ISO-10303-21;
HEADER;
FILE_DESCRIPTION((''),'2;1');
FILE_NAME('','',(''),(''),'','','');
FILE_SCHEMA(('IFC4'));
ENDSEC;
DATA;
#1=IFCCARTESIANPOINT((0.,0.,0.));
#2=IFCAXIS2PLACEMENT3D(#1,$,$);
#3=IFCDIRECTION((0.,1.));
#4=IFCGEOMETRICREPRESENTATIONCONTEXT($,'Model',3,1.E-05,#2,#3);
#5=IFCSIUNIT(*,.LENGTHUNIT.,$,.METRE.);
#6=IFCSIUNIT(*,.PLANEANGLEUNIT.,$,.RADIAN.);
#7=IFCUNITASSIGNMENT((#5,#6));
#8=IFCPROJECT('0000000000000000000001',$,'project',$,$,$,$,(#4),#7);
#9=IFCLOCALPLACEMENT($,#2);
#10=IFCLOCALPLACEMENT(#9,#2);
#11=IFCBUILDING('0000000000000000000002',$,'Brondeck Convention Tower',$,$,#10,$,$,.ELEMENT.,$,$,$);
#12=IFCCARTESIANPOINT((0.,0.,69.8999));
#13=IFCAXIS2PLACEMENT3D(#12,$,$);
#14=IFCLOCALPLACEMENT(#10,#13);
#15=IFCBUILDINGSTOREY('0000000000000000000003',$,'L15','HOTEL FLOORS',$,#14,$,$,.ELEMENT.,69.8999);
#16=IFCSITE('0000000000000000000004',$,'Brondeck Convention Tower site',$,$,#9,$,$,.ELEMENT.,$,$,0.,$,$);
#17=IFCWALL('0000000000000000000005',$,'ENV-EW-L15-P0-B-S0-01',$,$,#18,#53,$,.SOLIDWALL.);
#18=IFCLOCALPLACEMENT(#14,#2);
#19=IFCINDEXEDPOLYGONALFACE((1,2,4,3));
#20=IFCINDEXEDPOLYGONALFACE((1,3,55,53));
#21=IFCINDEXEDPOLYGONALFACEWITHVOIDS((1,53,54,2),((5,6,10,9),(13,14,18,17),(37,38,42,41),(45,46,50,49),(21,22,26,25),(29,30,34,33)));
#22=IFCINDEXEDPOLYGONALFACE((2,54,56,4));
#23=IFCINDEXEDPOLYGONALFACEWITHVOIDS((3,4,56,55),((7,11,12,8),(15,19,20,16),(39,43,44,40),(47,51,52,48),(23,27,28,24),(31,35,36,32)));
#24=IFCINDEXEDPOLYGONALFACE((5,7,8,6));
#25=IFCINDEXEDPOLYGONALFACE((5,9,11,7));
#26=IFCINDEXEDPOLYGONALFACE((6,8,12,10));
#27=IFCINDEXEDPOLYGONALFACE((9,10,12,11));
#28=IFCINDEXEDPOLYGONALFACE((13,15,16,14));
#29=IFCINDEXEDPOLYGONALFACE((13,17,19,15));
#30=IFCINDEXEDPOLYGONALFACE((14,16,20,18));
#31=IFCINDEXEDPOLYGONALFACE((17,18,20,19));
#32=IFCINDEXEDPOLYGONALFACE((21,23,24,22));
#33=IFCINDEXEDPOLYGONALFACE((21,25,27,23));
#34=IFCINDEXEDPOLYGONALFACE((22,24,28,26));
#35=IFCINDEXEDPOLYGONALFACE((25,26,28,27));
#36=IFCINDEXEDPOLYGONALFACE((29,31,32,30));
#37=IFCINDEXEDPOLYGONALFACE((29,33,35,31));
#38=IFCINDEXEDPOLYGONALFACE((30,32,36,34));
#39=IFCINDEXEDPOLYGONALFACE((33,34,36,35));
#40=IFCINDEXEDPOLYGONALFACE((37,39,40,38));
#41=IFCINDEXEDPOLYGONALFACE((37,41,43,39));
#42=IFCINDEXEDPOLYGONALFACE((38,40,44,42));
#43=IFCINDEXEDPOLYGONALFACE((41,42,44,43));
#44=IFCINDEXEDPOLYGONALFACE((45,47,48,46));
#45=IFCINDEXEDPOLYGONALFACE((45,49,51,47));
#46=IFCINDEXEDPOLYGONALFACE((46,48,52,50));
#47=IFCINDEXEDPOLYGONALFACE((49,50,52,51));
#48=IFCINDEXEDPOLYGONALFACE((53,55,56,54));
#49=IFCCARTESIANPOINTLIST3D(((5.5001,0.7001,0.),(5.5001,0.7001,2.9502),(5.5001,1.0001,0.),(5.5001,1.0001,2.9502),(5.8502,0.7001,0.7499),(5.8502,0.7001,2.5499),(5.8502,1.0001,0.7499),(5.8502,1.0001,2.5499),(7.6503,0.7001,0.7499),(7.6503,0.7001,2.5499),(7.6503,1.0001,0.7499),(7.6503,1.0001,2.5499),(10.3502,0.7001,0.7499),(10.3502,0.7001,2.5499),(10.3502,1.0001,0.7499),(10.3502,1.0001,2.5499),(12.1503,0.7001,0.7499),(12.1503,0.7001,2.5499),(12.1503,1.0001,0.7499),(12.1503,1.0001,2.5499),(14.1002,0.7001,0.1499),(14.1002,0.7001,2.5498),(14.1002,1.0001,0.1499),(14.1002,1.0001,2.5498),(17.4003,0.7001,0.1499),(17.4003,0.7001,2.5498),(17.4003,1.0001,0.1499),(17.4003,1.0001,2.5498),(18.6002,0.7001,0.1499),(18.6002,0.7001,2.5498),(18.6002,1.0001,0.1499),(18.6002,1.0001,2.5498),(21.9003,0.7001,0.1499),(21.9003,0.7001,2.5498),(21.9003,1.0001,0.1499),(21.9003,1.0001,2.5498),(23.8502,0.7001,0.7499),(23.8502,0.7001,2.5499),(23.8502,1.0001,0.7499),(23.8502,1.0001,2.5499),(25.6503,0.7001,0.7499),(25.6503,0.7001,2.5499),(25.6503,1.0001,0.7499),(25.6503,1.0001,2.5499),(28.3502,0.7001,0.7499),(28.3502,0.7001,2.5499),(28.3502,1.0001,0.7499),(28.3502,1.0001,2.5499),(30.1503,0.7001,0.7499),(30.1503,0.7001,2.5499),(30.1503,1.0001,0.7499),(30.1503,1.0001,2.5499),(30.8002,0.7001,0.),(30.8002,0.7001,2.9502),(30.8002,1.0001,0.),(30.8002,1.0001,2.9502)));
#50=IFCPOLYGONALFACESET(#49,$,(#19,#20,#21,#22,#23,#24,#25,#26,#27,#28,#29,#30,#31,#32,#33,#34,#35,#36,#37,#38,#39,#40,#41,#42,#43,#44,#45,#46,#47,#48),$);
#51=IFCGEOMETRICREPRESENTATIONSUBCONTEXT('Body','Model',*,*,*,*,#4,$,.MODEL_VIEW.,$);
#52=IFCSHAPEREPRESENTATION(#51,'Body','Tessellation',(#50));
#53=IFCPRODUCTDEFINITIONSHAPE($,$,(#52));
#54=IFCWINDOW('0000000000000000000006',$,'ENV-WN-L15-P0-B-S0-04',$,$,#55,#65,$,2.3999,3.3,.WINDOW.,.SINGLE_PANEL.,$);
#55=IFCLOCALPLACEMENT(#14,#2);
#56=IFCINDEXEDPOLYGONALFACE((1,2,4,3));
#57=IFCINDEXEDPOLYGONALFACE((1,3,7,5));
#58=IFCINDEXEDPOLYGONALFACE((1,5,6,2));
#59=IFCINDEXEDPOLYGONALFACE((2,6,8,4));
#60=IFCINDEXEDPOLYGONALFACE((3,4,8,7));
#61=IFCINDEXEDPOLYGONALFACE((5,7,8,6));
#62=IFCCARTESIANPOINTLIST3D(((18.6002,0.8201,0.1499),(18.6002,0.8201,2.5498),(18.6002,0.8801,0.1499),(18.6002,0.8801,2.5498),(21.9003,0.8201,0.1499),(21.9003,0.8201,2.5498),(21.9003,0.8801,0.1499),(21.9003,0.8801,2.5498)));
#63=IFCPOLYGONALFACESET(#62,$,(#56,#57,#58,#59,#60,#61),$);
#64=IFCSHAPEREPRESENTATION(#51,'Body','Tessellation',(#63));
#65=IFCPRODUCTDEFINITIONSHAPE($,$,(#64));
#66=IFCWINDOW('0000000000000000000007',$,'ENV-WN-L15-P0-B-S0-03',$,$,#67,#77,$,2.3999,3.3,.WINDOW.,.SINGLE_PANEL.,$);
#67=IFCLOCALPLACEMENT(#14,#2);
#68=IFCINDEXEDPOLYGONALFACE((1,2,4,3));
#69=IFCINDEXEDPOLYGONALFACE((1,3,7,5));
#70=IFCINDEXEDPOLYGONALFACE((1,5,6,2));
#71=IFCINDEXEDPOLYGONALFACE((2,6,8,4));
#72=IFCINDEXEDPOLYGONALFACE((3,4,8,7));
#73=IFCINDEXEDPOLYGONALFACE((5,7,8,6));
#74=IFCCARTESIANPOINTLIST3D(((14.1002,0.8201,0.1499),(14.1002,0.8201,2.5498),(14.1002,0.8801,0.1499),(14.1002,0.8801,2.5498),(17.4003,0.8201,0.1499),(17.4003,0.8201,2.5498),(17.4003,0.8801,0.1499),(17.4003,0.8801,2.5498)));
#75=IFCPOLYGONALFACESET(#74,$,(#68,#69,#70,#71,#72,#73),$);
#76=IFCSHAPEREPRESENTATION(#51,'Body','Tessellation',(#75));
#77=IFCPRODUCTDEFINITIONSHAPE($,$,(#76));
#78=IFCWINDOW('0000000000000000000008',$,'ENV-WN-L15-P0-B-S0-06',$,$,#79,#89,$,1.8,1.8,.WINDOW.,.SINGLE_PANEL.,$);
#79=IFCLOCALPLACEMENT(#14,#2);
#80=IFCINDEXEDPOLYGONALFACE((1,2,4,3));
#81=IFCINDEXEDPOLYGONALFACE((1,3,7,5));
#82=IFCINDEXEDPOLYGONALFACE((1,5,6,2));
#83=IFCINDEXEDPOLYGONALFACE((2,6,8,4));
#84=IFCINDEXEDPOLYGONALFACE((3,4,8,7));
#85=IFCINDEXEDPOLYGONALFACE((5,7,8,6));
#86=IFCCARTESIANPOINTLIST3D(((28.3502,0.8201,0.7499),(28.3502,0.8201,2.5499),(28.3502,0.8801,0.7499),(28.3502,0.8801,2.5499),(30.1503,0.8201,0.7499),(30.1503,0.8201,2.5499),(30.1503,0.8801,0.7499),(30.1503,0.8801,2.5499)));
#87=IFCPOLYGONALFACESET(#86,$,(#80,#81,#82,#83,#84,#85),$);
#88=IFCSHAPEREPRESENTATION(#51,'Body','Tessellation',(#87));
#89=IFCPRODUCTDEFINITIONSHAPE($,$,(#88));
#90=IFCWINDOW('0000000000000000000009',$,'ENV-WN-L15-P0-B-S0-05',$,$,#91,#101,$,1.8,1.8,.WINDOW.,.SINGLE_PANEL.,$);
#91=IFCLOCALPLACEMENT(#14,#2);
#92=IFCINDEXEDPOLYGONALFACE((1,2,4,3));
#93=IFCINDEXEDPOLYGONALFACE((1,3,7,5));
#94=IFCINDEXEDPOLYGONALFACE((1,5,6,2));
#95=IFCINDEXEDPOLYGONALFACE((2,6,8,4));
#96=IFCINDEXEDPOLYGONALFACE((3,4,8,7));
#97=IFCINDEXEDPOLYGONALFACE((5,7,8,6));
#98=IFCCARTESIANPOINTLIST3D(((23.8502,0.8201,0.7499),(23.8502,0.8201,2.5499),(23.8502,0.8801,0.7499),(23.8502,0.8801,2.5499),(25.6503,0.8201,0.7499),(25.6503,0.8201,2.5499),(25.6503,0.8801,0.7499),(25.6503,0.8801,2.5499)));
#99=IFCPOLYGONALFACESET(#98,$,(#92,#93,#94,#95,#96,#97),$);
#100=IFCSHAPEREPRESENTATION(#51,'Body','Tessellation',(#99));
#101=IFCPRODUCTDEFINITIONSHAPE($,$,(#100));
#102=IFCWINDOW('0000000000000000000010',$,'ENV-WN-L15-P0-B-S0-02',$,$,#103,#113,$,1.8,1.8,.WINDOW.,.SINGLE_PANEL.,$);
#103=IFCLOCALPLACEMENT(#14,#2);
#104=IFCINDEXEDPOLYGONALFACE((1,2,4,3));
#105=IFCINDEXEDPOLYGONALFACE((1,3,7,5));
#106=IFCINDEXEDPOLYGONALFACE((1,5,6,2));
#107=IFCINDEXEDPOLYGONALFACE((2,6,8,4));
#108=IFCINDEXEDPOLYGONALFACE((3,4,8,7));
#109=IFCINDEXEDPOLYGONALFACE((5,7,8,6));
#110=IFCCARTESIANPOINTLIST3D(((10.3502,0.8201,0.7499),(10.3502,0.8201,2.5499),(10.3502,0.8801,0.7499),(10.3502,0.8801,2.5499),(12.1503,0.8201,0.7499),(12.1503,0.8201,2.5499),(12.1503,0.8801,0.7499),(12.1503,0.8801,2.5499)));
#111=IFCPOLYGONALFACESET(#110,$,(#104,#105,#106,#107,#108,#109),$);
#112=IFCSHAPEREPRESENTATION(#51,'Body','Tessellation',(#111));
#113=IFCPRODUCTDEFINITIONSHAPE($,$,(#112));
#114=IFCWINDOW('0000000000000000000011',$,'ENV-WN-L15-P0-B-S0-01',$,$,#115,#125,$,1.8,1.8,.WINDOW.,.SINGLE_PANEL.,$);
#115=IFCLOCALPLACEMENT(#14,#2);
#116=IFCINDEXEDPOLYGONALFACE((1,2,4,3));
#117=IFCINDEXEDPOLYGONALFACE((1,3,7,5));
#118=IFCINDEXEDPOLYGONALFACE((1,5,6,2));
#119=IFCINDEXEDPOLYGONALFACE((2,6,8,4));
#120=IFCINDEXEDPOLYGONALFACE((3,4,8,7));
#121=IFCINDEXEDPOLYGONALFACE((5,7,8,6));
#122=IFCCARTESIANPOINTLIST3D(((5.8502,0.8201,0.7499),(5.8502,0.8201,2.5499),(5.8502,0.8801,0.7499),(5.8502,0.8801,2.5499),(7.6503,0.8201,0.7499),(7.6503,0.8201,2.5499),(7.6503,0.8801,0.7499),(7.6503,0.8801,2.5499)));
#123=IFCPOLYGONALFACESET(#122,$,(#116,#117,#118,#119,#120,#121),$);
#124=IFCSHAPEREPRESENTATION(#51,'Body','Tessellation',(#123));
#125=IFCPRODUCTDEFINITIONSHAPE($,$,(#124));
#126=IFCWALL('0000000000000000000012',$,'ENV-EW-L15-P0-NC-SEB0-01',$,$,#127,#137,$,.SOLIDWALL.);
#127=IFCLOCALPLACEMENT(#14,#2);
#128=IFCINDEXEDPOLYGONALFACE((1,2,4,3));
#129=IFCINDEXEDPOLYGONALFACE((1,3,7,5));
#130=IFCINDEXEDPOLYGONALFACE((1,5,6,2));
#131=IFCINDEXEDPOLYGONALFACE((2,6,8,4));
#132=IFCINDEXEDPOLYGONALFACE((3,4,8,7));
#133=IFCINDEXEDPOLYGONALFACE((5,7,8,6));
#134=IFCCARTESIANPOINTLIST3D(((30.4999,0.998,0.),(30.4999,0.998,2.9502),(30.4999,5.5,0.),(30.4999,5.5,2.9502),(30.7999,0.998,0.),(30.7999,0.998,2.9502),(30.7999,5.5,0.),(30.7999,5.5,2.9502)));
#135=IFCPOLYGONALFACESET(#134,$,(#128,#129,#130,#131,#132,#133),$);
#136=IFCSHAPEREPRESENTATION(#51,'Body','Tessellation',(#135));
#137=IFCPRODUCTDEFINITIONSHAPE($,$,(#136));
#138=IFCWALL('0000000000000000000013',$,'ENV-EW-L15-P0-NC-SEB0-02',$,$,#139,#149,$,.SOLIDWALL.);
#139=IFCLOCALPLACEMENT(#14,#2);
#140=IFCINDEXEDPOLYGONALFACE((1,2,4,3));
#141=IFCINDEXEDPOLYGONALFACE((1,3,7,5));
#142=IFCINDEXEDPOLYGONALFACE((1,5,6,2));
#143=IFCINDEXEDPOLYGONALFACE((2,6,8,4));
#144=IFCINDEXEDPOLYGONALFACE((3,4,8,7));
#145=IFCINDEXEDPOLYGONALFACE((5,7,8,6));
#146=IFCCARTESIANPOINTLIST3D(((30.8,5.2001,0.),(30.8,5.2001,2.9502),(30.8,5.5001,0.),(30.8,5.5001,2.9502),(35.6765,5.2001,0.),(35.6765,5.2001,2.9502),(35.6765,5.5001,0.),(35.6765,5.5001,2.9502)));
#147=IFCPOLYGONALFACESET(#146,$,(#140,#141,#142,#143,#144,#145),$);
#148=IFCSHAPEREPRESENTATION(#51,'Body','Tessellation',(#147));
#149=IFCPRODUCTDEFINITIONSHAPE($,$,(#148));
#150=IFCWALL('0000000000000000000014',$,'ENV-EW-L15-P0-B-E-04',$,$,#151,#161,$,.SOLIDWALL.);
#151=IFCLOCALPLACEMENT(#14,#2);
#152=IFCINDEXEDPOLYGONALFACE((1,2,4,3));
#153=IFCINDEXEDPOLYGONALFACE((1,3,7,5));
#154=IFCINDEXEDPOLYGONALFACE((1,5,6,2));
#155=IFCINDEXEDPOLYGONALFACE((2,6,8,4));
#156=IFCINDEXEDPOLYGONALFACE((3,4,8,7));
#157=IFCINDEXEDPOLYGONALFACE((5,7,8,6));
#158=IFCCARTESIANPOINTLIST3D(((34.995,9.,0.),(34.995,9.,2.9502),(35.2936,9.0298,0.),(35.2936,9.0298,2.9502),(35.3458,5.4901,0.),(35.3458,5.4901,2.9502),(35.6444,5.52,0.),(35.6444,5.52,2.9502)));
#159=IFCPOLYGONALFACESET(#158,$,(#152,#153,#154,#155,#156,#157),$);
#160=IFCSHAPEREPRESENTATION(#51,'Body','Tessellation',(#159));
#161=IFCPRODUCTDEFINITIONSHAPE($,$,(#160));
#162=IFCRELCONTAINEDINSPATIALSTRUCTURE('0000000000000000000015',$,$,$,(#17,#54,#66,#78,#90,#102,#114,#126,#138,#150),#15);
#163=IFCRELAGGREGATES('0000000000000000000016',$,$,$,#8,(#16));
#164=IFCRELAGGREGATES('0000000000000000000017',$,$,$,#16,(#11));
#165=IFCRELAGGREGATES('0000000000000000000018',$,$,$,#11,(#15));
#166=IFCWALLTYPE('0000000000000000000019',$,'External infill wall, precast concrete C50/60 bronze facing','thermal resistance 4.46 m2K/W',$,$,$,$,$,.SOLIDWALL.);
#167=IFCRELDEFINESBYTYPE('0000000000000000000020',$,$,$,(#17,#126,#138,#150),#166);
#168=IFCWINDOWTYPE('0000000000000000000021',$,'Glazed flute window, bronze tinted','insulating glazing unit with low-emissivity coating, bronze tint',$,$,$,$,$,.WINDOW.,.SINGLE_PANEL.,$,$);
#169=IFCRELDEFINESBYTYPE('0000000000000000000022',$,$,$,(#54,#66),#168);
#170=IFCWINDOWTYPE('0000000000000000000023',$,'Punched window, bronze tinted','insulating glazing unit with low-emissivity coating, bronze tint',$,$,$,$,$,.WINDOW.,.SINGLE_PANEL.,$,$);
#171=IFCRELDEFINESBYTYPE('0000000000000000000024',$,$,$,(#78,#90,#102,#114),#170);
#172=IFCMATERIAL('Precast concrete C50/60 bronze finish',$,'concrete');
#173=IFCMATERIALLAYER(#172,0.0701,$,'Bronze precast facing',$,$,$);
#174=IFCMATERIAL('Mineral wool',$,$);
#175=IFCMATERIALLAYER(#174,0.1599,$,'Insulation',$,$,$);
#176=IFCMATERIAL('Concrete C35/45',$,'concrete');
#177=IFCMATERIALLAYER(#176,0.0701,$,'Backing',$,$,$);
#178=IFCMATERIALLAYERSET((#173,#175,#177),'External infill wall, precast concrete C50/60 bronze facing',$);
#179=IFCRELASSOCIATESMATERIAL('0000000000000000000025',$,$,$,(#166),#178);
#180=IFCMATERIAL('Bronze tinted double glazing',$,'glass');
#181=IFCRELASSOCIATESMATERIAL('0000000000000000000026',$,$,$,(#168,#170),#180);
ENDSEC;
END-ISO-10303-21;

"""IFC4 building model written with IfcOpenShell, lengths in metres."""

from ifc_helpers import new_model, si_unit, direction, frame, frame_2d, origin, place, context, subcontext, project, spatial, rectangle, extrude, material, layer, layer_set, type_object, element, fill, save


model = new_model("IFC4")

# Units and contexts
model_context = context("Model", 3, precision=1e-05, world=origin(), true_north=direction((0.0, 1.0)))
body_context = subcontext(model_context, "Body", "Model", "MODEL_VIEW")
ifc_project = project(units=[si_unit("LENGTHUNIT", "METRE"), si_unit("PLANEANGLEUNIT", "RADIAN")], contexts=[model_context])

# Site, building, storey
site_placement = place(None, origin())
site = spatial("IfcSite", under=ifc_project, at=site_placement, Name="Brondeck Convention Tower site", CompositionType="ELEMENT", RefElevation=0.0)
building_placement = place(site_placement, origin())
building = spatial("IfcBuilding", under=site, at=building_placement, Name="Brondeck Convention Tower", CompositionType="ELEMENT")
storey_placement = place(building_placement, frame((0.0, 0.0, 69.8999)))
storey = spatial("IfcBuildingStorey", under=building, at=storey_placement, Name="L15", Description="HOTEL FLOORS", CompositionType="ELEMENT", Elevation=69.8999)

# Wall, openings, windows
ifc_material_1 = material(Name="Precast concrete C50/60 bronze finish", Category="concrete")
ifc_layer_1 = layer(ifc_material_1, 0.0701, Name="Bronze precast facing")
ifc_material_2 = material(Name="Mineral wool")
ifc_layer_2 = layer(ifc_material_2, 0.1599, Name="Insulation")
ifc_material_3 = material(Name="Concrete C35/45", Category="concrete")
ifc_layer_3 = layer(ifc_material_3, 0.0701, Name="Backing")
ifc_layer_set_1 = layer_set([ifc_layer_1, ifc_layer_2, ifc_layer_3], Name="External infill wall, precast concrete C50/60 bronze facing")
wall_type_1 = type_object("IfcWallType", Name="External infill wall, precast concrete C50/60 bronze facing", Description="thermal resistance 4.46 m2K/W", PredefinedType="SOLIDWALL", material=ifc_layer_set_1)
wall_1_placement = place(storey_placement, frame((30.8, 0.8501, 0.0), z_axis=(0.0, 0.0, 1.0), x_axis=(-1.0, 0.0, 0.0)))
wall_1 = element("IfcWall", 1, at=wall_1_placement, inside=storey, type_object=wall_type_1, Name="ENV-EW-L15-P0-B-S0-01", PredefinedType="SOLIDWALL", context=body_context, shape_type="SweptSolid", body=[
    extrude(rectangle(XDim=25.3, YDim=0.3, at=frame_2d((12.6499, 0.0))), origin(), (0.0, 0.0, 1.0), 2.9502),
])
opening_1_placement = place(wall_1_placement, frame((0.6499, 0.0, 0.75)))
opening_1 = element("IfcOpeningElement", 2, at=opening_1_placement, cuts=wall_1, PredefinedType="OPENING", context=body_context, shape_type="SweptSolid", body=[
    extrude(rectangle(XDim=1.8, YDim=1.8, at=frame_2d((0.8999, 0.8999))), frame((0.0, 0.1599, 0.0), z_axis=(0.0, -1.0, 0.0), x_axis=(1.0, 0.0, 0.0)), (0.0, 0.0, 1.0), 0.3201),
])
opening_2_placement = place(wall_1_placement, frame((5.1499, 0.0, 0.75)))
opening_2 = element("IfcOpeningElement", 3, at=opening_2_placement, cuts=wall_1, PredefinedType="OPENING", context=body_context, shape_type="SweptSolid", body=[
    extrude(rectangle(XDim=1.8, YDim=1.8, at=frame_2d((0.8999, 0.8999))), frame((0.0, 0.1599, 0.0), z_axis=(0.0, -1.0, 0.0), x_axis=(1.0, 0.0, 0.0)), (0.0, 0.0, 1.0), 0.3201),
])
opening_3_placement = place(wall_1_placement, frame((8.8999, 0.0, 0.1499)))
opening_3 = element("IfcOpeningElement", 4, at=opening_3_placement, cuts=wall_1, PredefinedType="OPENING", context=body_context, shape_type="SweptSolid", body=[
    extrude(rectangle(XDim=3.3, YDim=2.3999, at=frame_2d((1.6499, 1.2))), frame((0.0, 0.1599, 0.0), z_axis=(0.0, -1.0, 0.0), x_axis=(1.0, 0.0, 0.0)), (0.0, 0.0, 1.0), 0.3201),
])
opening_4_placement = place(wall_1_placement, frame((13.3999, 0.0, 0.1499)))
opening_4 = element("IfcOpeningElement", 5, at=opening_4_placement, cuts=wall_1, PredefinedType="OPENING", context=body_context, shape_type="SweptSolid", body=[
    extrude(rectangle(XDim=3.3, YDim=2.3999, at=frame_2d((1.6499, 1.2))), frame((0.0, 0.1599, 0.0), z_axis=(0.0, -1.0, 0.0), x_axis=(1.0, 0.0, 0.0)), (0.0, 0.0, 1.0), 0.3201),
])
opening_5_placement = place(wall_1_placement, frame((18.6499, 0.0, 0.75)))
opening_5 = element("IfcOpeningElement", 6, at=opening_5_placement, cuts=wall_1, PredefinedType="OPENING", context=body_context, shape_type="SweptSolid", body=[
    extrude(rectangle(XDim=1.8, YDim=1.8, at=frame_2d((0.8999, 0.8999))), frame((0.0, 0.1599, 0.0), z_axis=(0.0, -1.0, 0.0), x_axis=(1.0, 0.0, 0.0)), (0.0, 0.0, 1.0), 0.3201),
])
opening_6_placement = place(wall_1_placement, frame((23.1499, 0.0, 0.75)))
opening_6 = element("IfcOpeningElement", 7, at=opening_6_placement, cuts=wall_1, PredefinedType="OPENING", context=body_context, shape_type="SweptSolid", body=[
    extrude(rectangle(XDim=1.8, YDim=1.8, at=frame_2d((0.8999, 0.8999))), frame((0.0, 0.1599, 0.0), z_axis=(0.0, -1.0, 0.0), x_axis=(1.0, 0.0, 0.0)), (0.0, 0.0, 1.0), 0.3201),
])
ifc_material_4 = material(Name="Bronze tinted double glazing", Category="glass")
window_type_1 = type_object("IfcWindowType", Name="Glazed flute window, bronze tinted", Description="insulating glazing unit with low-emissivity coating, bronze tint", PartitioningType="SINGLE_PANEL", PredefinedType="WINDOW", material=ifc_material_4)
window_1_placement = place(opening_3_placement, origin())
window_1 = element("IfcWindow", 8, at=window_1_placement, inside=storey, type_object=window_type_1, Name="ENV-WN-L15-P0-B-S0-04", OverallHeight=2.3999, OverallWidth=3.3, PartitioningType="SINGLE_PANEL", PredefinedType="WINDOW", context=body_context, shape_type="SweptSolid", body=[
    extrude(rectangle(XDim=3.3, YDim=2.3999, at=frame_2d((1.6499, 1.2))), frame((0.0, 0.03, 0.0), z_axis=(0.0, -1.0, 0.0), x_axis=(1.0, 0.0, 0.0)), (0.0, 0.0, 1.0), 0.0601),
])
fill(opening_3, window_1)
window_2_placement = place(opening_4_placement, origin())
window_2 = element("IfcWindow", 9, at=window_2_placement, inside=storey, type_object=window_type_1, Name="ENV-WN-L15-P0-B-S0-03", OverallHeight=2.3999, OverallWidth=3.3, PartitioningType="SINGLE_PANEL", PredefinedType="WINDOW", context=body_context, shape_type="SweptSolid", body=[
    extrude(rectangle(XDim=3.3, YDim=2.3999, at=frame_2d((1.6499, 1.2))), frame((0.0, 0.03, 0.0), z_axis=(0.0, -1.0, 0.0), x_axis=(1.0, 0.0, 0.0)), (0.0, 0.0, 1.0), 0.0601),
])
fill(opening_4, window_2)
window_type_2 = type_object("IfcWindowType", Name="Punched window, bronze tinted", Description="insulating glazing unit with low-emissivity coating, bronze tint", PartitioningType="SINGLE_PANEL", PredefinedType="WINDOW", material=ifc_material_4)
window_3_placement = place(opening_1_placement, origin())
window_3 = element("IfcWindow", 10, at=window_3_placement, inside=storey, type_object=window_type_2, Name="ENV-WN-L15-P0-B-S0-06", OverallHeight=1.8, OverallWidth=1.8, PartitioningType="SINGLE_PANEL", PredefinedType="WINDOW", context=body_context, shape_type="SweptSolid", body=[
    extrude(rectangle(XDim=1.8, YDim=1.8, at=frame_2d((0.8999, 0.8999))), frame((0.0, 0.03, 0.0), z_axis=(0.0, -1.0, 0.0), x_axis=(1.0, 0.0, 0.0)), (0.0, 0.0, 1.0), 0.0601),
])
fill(opening_1, window_3)
window_4_placement = place(opening_2_placement, origin())
window_4 = element("IfcWindow", 11, at=window_4_placement, inside=storey, type_object=window_type_2, Name="ENV-WN-L15-P0-B-S0-05", OverallHeight=1.8, OverallWidth=1.8, PartitioningType="SINGLE_PANEL", PredefinedType="WINDOW", context=body_context, shape_type="SweptSolid", body=[
    extrude(rectangle(XDim=1.8, YDim=1.8, at=frame_2d((0.8999, 0.8999))), frame((0.0, 0.03, 0.0), z_axis=(0.0, -1.0, 0.0), x_axis=(1.0, 0.0, 0.0)), (0.0, 0.0, 1.0), 0.0601),
])
fill(opening_2, window_4)
window_5_placement = place(opening_5_placement, origin())
window_5 = element("IfcWindow", 12, at=window_5_placement, inside=storey, type_object=window_type_2, Name="ENV-WN-L15-P0-B-S0-02", OverallHeight=1.8, OverallWidth=1.8, PartitioningType="SINGLE_PANEL", PredefinedType="WINDOW", context=body_context, shape_type="SweptSolid", body=[
    extrude(rectangle(XDim=1.8, YDim=1.8, at=frame_2d((0.8999, 0.8999))), frame((0.0, 0.03, 0.0), z_axis=(0.0, -1.0, 0.0), x_axis=(1.0, 0.0, 0.0)), (0.0, 0.0, 1.0), 0.0601),
])
fill(opening_5, window_5)
window_6_placement = place(opening_6_placement, origin())
window_6 = element("IfcWindow", 13, at=window_6_placement, inside=storey, type_object=window_type_2, Name="ENV-WN-L15-P0-B-S0-01", OverallHeight=1.8, OverallWidth=1.8, PartitioningType="SINGLE_PANEL", PredefinedType="WINDOW", context=body_context, shape_type="SweptSolid", body=[
    extrude(rectangle(XDim=1.8, YDim=1.8, at=frame_2d((0.8999, 0.8999))), frame((0.0, 0.03, 0.0), z_axis=(0.0, -1.0, 0.0), x_axis=(1.0, 0.0, 0.0)), (0.0, 0.0, 1.0), 0.0601),
])
fill(opening_6, window_6)

# Walls
wall_2_placement = place(storey_placement, frame((30.6499, 5.5, 0.0), z_axis=(0.0, 0.0, 1.0), x_axis=(0.0, -1.0, 0.0)))
element("IfcWall", 14, at=wall_2_placement, inside=storey, type_object=wall_type_1, Name="ENV-EW-L15-P0-NC-SEB0-01", PredefinedType="SOLIDWALL", context=body_context, shape_type="SweptSolid", body=[
    extrude(rectangle(XDim=4.502, YDim=0.3, at=frame_2d((2.251, 0.0))), origin(), (0.0, 0.0, 1.0), 2.9502),
])
wall_3_placement = place(storey_placement, frame((35.6765, 5.3501, 0.0), z_axis=(0.0, 0.0, 1.0), x_axis=(-1.0, 0.0, 0.0)))
element("IfcWall", 15, at=wall_3_placement, inside=storey, type_object=wall_type_1, Name="ENV-EW-L15-P0-NC-SEB0-02", PredefinedType="SOLIDWALL", context=body_context, shape_type="SweptSolid", body=[
    extrude(rectangle(XDim=4.8765, YDim=0.3, at=frame_2d((2.4382, 0.0))), origin(), (0.0, 0.0, 1.0), 2.9502),
])
wall_4_placement = place(storey_placement, frame((35.1443, 9.0149, 0.0), z_axis=(0.0, 0.0, 1.0), x_axis=(0.099463, -0.995041, 0.0)))
element("IfcWall", 16, at=wall_4_placement, inside=storey, type_object=wall_type_1, Name="ENV-EW-L15-P0-B-E-04", PredefinedType="SOLIDWALL", context=body_context, shape_type="SweptSolid", body=[
    extrude(rectangle(XDim=3.5273, YDim=0.3, at=frame_2d((1.7637, 0.0))), origin(), (0.0, 0.0, 1.0), 2.9502),
])

save(model, "model.ifc")
